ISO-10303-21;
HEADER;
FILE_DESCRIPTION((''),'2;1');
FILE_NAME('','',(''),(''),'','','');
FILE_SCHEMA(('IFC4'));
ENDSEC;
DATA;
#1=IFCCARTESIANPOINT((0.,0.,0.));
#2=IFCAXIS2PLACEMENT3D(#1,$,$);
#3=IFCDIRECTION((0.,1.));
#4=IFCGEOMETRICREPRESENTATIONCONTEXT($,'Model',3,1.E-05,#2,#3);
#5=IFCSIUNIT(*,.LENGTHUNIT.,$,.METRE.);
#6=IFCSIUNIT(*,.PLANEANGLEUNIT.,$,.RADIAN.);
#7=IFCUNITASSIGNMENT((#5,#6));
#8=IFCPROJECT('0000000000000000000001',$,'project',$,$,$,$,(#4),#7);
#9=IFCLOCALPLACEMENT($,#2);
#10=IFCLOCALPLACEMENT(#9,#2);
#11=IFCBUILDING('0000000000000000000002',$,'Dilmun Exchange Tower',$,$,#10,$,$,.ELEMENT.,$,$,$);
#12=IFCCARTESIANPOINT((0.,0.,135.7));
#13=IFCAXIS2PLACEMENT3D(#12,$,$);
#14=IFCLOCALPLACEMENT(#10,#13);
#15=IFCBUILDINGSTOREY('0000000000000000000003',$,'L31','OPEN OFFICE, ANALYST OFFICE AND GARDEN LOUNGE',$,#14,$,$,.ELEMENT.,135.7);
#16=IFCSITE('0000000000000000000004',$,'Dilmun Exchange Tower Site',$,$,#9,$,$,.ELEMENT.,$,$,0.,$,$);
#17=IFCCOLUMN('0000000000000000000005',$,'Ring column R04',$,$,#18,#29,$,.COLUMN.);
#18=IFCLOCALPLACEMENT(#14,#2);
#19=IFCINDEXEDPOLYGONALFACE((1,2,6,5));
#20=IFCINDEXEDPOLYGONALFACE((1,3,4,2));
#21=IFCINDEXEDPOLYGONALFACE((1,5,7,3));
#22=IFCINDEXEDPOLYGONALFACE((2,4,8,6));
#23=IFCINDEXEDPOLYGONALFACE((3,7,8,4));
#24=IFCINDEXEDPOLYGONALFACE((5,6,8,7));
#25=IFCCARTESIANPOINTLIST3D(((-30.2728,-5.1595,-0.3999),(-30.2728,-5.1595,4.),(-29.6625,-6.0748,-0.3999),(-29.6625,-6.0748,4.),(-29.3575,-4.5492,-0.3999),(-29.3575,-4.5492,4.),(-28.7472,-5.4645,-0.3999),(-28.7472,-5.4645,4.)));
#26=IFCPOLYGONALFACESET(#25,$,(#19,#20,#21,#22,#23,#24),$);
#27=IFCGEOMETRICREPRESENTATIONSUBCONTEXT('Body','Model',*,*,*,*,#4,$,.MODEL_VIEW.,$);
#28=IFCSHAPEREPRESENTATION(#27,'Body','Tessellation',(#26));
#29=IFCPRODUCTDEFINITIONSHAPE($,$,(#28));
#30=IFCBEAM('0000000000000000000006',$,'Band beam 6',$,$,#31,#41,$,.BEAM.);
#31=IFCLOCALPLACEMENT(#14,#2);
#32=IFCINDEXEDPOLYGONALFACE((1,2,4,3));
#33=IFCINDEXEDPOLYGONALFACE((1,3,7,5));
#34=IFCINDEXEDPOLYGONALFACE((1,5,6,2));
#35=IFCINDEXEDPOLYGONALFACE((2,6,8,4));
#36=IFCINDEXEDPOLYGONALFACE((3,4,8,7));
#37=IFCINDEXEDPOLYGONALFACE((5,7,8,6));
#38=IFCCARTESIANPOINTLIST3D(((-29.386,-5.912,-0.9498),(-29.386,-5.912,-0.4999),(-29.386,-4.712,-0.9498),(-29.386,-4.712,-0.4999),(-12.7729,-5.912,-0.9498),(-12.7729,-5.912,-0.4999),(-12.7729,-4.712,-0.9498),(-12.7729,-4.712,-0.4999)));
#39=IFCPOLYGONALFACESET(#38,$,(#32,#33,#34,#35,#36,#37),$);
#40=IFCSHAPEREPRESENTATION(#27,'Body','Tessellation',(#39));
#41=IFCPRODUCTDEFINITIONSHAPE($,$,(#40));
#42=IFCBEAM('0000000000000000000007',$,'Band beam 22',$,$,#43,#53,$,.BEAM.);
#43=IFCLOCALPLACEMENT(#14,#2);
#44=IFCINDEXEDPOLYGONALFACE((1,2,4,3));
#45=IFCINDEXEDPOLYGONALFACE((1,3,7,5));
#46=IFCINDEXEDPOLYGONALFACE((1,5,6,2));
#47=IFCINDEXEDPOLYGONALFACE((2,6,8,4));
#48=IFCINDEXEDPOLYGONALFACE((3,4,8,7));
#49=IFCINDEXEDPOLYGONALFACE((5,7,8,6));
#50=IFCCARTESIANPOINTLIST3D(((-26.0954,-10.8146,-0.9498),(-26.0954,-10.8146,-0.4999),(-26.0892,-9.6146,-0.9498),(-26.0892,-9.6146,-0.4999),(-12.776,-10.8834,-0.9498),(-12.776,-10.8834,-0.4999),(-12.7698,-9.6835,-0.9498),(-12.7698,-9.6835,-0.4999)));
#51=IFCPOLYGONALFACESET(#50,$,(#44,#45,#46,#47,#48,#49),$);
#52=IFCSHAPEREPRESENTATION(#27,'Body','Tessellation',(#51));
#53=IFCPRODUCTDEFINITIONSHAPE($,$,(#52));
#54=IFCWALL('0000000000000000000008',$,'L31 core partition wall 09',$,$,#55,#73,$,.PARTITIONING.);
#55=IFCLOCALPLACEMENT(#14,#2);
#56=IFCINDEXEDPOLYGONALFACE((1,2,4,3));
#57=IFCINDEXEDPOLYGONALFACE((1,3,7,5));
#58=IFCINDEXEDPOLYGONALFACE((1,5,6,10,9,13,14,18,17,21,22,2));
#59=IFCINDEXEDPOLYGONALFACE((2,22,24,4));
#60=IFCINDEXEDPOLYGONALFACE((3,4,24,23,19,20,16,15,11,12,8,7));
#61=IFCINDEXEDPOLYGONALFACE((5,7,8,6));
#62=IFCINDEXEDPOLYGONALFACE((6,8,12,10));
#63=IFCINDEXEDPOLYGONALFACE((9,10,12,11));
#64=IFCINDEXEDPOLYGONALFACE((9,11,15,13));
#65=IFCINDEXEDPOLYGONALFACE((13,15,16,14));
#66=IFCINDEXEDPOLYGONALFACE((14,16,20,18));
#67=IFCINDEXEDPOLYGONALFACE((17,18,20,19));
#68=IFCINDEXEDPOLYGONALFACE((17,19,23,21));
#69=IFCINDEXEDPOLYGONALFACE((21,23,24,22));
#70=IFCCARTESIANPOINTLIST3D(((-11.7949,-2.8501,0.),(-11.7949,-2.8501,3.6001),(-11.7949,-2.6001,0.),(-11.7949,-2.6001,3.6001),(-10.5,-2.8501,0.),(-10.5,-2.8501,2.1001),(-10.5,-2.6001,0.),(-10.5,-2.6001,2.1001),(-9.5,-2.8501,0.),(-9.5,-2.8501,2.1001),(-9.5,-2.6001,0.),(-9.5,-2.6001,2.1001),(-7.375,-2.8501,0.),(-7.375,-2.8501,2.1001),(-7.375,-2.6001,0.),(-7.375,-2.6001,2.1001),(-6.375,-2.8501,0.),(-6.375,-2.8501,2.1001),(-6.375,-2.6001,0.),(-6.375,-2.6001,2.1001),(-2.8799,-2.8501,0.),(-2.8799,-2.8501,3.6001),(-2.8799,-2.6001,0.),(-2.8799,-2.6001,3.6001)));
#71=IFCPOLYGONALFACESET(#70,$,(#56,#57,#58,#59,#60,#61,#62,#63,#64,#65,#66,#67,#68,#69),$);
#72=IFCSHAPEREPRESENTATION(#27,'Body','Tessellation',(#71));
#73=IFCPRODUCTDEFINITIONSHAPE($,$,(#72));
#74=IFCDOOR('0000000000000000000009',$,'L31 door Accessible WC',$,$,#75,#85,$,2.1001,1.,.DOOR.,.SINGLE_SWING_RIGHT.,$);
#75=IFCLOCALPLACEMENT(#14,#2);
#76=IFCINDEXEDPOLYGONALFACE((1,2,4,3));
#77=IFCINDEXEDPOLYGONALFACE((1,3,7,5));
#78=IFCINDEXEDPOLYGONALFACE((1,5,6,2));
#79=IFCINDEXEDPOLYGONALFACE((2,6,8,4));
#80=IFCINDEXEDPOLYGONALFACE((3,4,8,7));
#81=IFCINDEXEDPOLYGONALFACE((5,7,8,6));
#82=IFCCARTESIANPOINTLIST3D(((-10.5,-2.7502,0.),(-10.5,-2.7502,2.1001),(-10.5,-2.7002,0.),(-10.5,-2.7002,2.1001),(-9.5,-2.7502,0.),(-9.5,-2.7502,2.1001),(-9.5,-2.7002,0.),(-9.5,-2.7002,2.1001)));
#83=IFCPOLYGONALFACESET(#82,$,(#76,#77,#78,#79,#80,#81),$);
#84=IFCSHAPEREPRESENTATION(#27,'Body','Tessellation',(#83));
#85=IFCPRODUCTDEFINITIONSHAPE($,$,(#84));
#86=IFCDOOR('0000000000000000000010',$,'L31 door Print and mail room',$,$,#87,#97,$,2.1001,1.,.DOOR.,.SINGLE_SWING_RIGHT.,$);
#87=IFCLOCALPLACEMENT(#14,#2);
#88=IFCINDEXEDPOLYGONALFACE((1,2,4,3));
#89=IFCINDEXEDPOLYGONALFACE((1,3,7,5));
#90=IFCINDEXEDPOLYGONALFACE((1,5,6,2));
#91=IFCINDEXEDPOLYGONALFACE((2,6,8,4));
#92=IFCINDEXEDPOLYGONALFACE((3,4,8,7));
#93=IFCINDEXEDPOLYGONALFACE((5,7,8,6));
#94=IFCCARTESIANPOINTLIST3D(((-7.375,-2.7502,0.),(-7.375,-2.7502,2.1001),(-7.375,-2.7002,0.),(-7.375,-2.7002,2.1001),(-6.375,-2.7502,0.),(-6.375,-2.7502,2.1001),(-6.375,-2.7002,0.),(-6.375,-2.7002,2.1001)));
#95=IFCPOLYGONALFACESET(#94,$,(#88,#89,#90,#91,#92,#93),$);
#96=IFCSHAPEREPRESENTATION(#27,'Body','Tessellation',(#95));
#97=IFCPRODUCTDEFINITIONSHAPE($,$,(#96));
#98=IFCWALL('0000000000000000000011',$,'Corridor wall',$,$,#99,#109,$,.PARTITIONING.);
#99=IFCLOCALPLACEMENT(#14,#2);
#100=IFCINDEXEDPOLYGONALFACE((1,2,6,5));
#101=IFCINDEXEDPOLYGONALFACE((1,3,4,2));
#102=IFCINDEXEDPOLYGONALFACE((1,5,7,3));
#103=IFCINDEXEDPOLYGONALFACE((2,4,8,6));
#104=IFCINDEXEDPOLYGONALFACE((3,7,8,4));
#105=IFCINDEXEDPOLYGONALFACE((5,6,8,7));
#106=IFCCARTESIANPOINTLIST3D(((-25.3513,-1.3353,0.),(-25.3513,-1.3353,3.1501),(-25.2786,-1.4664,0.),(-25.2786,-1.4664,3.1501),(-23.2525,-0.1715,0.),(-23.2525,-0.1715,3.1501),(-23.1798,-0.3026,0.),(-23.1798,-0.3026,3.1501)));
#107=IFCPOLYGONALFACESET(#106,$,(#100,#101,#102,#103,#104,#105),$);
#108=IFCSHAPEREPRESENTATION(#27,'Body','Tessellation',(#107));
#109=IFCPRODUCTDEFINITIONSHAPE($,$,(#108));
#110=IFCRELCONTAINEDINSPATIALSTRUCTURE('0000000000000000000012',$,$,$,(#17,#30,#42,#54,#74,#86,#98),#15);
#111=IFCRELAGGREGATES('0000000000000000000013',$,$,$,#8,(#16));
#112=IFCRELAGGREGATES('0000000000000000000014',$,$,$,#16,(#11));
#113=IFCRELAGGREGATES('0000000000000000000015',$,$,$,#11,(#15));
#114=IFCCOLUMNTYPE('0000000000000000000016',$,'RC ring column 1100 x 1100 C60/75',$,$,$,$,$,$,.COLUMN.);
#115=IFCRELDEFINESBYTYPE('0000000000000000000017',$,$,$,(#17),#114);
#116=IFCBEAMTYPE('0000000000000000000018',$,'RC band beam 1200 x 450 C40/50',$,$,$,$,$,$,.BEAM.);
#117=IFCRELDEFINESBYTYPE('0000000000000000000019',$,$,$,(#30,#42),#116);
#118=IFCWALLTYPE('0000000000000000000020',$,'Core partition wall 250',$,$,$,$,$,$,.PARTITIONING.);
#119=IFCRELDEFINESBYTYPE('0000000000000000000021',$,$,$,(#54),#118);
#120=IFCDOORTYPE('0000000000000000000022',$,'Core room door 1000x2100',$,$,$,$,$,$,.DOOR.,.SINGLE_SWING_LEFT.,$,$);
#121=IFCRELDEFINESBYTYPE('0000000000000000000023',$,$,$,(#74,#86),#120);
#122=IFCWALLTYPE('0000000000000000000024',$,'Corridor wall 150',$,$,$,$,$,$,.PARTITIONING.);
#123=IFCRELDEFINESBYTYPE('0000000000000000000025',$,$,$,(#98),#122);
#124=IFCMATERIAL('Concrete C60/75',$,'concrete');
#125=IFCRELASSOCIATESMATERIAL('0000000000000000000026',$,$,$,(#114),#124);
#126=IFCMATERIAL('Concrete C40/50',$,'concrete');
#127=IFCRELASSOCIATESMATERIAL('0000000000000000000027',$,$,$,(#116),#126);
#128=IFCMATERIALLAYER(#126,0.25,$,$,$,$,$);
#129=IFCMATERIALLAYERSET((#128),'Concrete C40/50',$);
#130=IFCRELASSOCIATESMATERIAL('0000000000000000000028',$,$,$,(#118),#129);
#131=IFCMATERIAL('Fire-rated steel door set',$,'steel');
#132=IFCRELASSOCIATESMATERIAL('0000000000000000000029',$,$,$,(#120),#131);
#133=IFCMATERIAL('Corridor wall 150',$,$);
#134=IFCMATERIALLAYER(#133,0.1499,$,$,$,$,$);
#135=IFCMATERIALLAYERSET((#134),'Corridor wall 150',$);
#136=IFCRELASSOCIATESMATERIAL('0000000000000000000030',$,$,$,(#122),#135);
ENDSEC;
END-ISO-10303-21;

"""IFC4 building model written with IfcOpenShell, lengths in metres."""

from ifc_helpers import new_model, si_unit, direction, frame, frame_2d, origin, origin_2d, place, context, subcontext, project, spatial, rectangle, extrude, material, layer, layer_set, material_profile, profile_set, type_object, element, fill, save


model = new_model("IFC4")

# Units and contexts
model_context = context("Model", 3, precision=1e-05, world=origin(), true_north=direction((0.0, 1.0)))
body_context = subcontext(model_context, "Body", "Model", "MODEL_VIEW")
ifc_project = project(units=[si_unit("LENGTHUNIT", "METRE"), si_unit("PLANEANGLEUNIT", "RADIAN")], contexts=[model_context])

# Site, building, storey
site_placement = place(None, origin())
site = spatial("IfcSite", under=ifc_project, at=site_placement, Name="Dilmun Exchange Tower Site", CompositionType="ELEMENT", RefElevation=0.0)
building_placement = place(site_placement, origin())
building = spatial("IfcBuilding", under=site, at=building_placement, Name="Dilmun Exchange Tower", CompositionType="ELEMENT")
storey_placement = place(building_placement, frame((0.0, 0.0, 135.7)))
storey = spatial("IfcBuildingStorey", under=building, at=storey_placement, Name="L31", Description="OPEN OFFICE, ANALYST OFFICE AND GARDEN LOUNGE", CompositionType="ELEMENT", Elevation=135.7)

# Column
ifc_material_1 = material(Name="Concrete C60/75", Category="concrete")
ifc_material_profile_1 = material_profile(ifc_material_1, rectangle(XDim=1.1001, YDim=1.1001, at=origin_2d()), Name="1100 x 1100")
ifc_profile_set_1 = profile_set([ifc_material_profile_1], Name="Concrete C60/75")
column_type = type_object("IfcColumnType", Name="RC ring column 1100 x 1100 C60/75", PredefinedType="COLUMN", material=ifc_profile_set_1)
column_placement = place(storey_placement, frame((-29.51, -5.312, -0.3999), z_axis=(0.0, 0.0, 1.0), x_axis=(0.832029, 0.554733, 0.0)))
element("IfcColumn", 1, at=column_placement, inside=storey, type_object=column_type, Name="Ring column R04", PredefinedType="COLUMN", context=body_context, shape_type="SweptSolid", body=[
    extrude(rectangle(XDim=1.1001, YDim=1.1001, at=origin_2d()), origin(), (0.0, 0.0, 1.0), 4.3999),
])

# Beams
ifc_material_2 = material(Name="Concrete C40/50", Category="concrete")
ifc_material_profile_2 = material_profile(ifc_material_2, rectangle(XDim=1.2, YDim=0.45, at=origin_2d()), Name="1200 x 450")
ifc_profile_set_2 = profile_set([ifc_material_profile_2], Name="Concrete C40/50")
beam_type = type_object("IfcBeamType", Name="RC band beam 1200 x 450 C40/50", PredefinedType="BEAM", material=ifc_profile_set_2)
beam_1_placement = place(storey_placement, frame((-29.386, -5.312, -0.7249), z_axis=(1.0, 0.0, 0.0), x_axis=(0.0, 1.0, 0.0)))
element("IfcBeam", 2, at=beam_1_placement, inside=storey, type_object=beam_type, Name="Band beam 6", PredefinedType="BEAM", context=body_context, shape_type="SweptSolid", body=[
    extrude(rectangle(XDim=1.2, YDim=0.45, at=origin_2d()), origin(), (0.0, 0.0, 1.0), 16.613),
])
beam_2_placement = place(storey_placement, frame((-26.0923, -10.2146, -0.7249), z_axis=(0.999987, -0.005169, 0.0), x_axis=(0.005169, 0.999987, 0.0)))
element("IfcBeam", 3, at=beam_2_placement, inside=storey, type_object=beam_type, Name="Band beam 22", PredefinedType="BEAM", context=body_context, shape_type="SweptSolid", body=[
    extrude(rectangle(XDim=1.2, YDim=0.45, at=origin_2d()), origin(), (0.0, 0.0, 1.0), 13.3196),
])

# Wall, openings, doors
ifc_layer_1 = layer(ifc_material_2, 0.25)
ifc_layer_set_1 = layer_set([ifc_layer_1], Name="Concrete C40/50")
wall_type_1 = type_object("IfcWallType", Name="Core partition wall 250", PredefinedType="PARTITIONING", material=ifc_layer_set_1)
wall_1_placement = place(storey_placement, frame((-11.7949, -2.7251, 0.0), z_axis=(0.0, 0.0, 1.0), x_axis=(1.0, 0.0, 0.0)))
wall_1 = element("IfcWall", 4, at=wall_1_placement, inside=storey, type_object=wall_type_1, Name="L31 core partition wall 09", PredefinedType="PARTITIONING", context=body_context, shape_type="SweptSolid", body=[
    extrude(rectangle(XDim=8.915, YDim=0.25, at=frame_2d((4.4575, 0.0))), origin(), (0.0, 0.0, 1.0), 3.6001),
])
opening_1_placement = place(wall_1_placement, frame((1.2949, 0.0, 0.0)))
opening_1 = element("IfcOpeningElement", 5, at=opening_1_placement, cuts=wall_1, PredefinedType="OPENING", context=body_context, shape_type="SweptSolid", body=[
    extrude(rectangle(XDim=1.0, YDim=2.1001, at=frame_2d((0.5, 1.05))), frame((0.0, 0.135, 0.0), z_axis=(0.0, -1.0, 0.0), x_axis=(1.0, 0.0, 0.0)), (0.0, 0.0, 1.0), 0.27),
])
opening_2_placement = place(wall_1_placement, frame((4.4199, 0.0, 0.0)))
opening_2 = element("IfcOpeningElement", 6, at=opening_2_placement, cuts=wall_1, PredefinedType="OPENING", context=body_context, shape_type="SweptSolid", body=[
    extrude(rectangle(XDim=1.0, YDim=2.1001, at=frame_2d((0.5, 1.05))), frame((0.0, 0.135, 0.0), z_axis=(0.0, -1.0, 0.0), x_axis=(1.0, 0.0, 0.0)), (0.0, 0.0, 1.0), 0.27),
])
ifc_material_3 = material(Name="Fire-rated steel door set", Category="steel")
door_type_1 = type_object("IfcDoorType", Name="Core room door 1000x2100", OperationType="SINGLE_SWING_LEFT", PredefinedType="DOOR", material=ifc_material_3)
door_1_placement = place(opening_1_placement, origin())
door_1 = element("IfcDoor", 7, at=door_1_placement, inside=storey, type_object=door_type_1, Name="L31 door Accessible WC", OperationType="SINGLE_SWING_RIGHT", OverallHeight=2.1001, OverallWidth=1.0, PredefinedType="DOOR", context=body_context, shape_type="SweptSolid", body=[
    extrude(rectangle(XDim=1.0, YDim=2.1001, at=frame_2d((0.5, 1.05))), frame((0.0, 0.0249, 0.0), z_axis=(0.0, -1.0, 0.0), x_axis=(1.0, 0.0, 0.0)), (0.0, 0.0, 1.0), 0.05),
])
fill(opening_1, door_1)
door_2_placement = place(opening_2_placement, origin())
door_2 = element("IfcDoor", 8, at=door_2_placement, inside=storey, type_object=door_type_1, Name="L31 door Print and mail room", OperationType="SINGLE_SWING_RIGHT", OverallHeight=2.1001, OverallWidth=1.0, PredefinedType="DOOR", context=body_context, shape_type="SweptSolid", body=[
    extrude(rectangle(XDim=1.0, YDim=2.1001, at=frame_2d((0.5, 1.05))), frame((0.0, 0.0249, 0.0), z_axis=(0.0, -1.0, 0.0), x_axis=(1.0, 0.0, 0.0)), (0.0, 0.0, 1.0), 0.05),
])
fill(opening_2, door_2)

# Wall
ifc_material_4 = material(Name="Corridor wall 150")
ifc_layer_2 = layer(ifc_material_4, 0.1499)
ifc_layer_set_2 = layer_set([ifc_layer_2], Name="Corridor wall 150")
wall_type_2 = type_object("IfcWallType", Name="Corridor wall 150", PredefinedType="PARTITIONING", material=ifc_layer_set_2)
wall_2_placement = place(storey_placement, frame((-25.3149, -1.4009, 0.0), z_axis=(0.0, 0.0, 1.0), x_axis=(0.87455, 0.484935, 0.0)))
element("IfcWall", 9, at=wall_2_placement, inside=storey, type_object=wall_type_2, Name="Corridor wall", PredefinedType="PARTITIONING", context=body_context, shape_type="SweptSolid", body=[
    extrude(rectangle(XDim=2.3999, YDim=0.1499, at=frame_2d((1.2, 0.0))), origin(), (0.0, 0.0, 1.0), 3.1501),
])

save(model, "model.ifc")
